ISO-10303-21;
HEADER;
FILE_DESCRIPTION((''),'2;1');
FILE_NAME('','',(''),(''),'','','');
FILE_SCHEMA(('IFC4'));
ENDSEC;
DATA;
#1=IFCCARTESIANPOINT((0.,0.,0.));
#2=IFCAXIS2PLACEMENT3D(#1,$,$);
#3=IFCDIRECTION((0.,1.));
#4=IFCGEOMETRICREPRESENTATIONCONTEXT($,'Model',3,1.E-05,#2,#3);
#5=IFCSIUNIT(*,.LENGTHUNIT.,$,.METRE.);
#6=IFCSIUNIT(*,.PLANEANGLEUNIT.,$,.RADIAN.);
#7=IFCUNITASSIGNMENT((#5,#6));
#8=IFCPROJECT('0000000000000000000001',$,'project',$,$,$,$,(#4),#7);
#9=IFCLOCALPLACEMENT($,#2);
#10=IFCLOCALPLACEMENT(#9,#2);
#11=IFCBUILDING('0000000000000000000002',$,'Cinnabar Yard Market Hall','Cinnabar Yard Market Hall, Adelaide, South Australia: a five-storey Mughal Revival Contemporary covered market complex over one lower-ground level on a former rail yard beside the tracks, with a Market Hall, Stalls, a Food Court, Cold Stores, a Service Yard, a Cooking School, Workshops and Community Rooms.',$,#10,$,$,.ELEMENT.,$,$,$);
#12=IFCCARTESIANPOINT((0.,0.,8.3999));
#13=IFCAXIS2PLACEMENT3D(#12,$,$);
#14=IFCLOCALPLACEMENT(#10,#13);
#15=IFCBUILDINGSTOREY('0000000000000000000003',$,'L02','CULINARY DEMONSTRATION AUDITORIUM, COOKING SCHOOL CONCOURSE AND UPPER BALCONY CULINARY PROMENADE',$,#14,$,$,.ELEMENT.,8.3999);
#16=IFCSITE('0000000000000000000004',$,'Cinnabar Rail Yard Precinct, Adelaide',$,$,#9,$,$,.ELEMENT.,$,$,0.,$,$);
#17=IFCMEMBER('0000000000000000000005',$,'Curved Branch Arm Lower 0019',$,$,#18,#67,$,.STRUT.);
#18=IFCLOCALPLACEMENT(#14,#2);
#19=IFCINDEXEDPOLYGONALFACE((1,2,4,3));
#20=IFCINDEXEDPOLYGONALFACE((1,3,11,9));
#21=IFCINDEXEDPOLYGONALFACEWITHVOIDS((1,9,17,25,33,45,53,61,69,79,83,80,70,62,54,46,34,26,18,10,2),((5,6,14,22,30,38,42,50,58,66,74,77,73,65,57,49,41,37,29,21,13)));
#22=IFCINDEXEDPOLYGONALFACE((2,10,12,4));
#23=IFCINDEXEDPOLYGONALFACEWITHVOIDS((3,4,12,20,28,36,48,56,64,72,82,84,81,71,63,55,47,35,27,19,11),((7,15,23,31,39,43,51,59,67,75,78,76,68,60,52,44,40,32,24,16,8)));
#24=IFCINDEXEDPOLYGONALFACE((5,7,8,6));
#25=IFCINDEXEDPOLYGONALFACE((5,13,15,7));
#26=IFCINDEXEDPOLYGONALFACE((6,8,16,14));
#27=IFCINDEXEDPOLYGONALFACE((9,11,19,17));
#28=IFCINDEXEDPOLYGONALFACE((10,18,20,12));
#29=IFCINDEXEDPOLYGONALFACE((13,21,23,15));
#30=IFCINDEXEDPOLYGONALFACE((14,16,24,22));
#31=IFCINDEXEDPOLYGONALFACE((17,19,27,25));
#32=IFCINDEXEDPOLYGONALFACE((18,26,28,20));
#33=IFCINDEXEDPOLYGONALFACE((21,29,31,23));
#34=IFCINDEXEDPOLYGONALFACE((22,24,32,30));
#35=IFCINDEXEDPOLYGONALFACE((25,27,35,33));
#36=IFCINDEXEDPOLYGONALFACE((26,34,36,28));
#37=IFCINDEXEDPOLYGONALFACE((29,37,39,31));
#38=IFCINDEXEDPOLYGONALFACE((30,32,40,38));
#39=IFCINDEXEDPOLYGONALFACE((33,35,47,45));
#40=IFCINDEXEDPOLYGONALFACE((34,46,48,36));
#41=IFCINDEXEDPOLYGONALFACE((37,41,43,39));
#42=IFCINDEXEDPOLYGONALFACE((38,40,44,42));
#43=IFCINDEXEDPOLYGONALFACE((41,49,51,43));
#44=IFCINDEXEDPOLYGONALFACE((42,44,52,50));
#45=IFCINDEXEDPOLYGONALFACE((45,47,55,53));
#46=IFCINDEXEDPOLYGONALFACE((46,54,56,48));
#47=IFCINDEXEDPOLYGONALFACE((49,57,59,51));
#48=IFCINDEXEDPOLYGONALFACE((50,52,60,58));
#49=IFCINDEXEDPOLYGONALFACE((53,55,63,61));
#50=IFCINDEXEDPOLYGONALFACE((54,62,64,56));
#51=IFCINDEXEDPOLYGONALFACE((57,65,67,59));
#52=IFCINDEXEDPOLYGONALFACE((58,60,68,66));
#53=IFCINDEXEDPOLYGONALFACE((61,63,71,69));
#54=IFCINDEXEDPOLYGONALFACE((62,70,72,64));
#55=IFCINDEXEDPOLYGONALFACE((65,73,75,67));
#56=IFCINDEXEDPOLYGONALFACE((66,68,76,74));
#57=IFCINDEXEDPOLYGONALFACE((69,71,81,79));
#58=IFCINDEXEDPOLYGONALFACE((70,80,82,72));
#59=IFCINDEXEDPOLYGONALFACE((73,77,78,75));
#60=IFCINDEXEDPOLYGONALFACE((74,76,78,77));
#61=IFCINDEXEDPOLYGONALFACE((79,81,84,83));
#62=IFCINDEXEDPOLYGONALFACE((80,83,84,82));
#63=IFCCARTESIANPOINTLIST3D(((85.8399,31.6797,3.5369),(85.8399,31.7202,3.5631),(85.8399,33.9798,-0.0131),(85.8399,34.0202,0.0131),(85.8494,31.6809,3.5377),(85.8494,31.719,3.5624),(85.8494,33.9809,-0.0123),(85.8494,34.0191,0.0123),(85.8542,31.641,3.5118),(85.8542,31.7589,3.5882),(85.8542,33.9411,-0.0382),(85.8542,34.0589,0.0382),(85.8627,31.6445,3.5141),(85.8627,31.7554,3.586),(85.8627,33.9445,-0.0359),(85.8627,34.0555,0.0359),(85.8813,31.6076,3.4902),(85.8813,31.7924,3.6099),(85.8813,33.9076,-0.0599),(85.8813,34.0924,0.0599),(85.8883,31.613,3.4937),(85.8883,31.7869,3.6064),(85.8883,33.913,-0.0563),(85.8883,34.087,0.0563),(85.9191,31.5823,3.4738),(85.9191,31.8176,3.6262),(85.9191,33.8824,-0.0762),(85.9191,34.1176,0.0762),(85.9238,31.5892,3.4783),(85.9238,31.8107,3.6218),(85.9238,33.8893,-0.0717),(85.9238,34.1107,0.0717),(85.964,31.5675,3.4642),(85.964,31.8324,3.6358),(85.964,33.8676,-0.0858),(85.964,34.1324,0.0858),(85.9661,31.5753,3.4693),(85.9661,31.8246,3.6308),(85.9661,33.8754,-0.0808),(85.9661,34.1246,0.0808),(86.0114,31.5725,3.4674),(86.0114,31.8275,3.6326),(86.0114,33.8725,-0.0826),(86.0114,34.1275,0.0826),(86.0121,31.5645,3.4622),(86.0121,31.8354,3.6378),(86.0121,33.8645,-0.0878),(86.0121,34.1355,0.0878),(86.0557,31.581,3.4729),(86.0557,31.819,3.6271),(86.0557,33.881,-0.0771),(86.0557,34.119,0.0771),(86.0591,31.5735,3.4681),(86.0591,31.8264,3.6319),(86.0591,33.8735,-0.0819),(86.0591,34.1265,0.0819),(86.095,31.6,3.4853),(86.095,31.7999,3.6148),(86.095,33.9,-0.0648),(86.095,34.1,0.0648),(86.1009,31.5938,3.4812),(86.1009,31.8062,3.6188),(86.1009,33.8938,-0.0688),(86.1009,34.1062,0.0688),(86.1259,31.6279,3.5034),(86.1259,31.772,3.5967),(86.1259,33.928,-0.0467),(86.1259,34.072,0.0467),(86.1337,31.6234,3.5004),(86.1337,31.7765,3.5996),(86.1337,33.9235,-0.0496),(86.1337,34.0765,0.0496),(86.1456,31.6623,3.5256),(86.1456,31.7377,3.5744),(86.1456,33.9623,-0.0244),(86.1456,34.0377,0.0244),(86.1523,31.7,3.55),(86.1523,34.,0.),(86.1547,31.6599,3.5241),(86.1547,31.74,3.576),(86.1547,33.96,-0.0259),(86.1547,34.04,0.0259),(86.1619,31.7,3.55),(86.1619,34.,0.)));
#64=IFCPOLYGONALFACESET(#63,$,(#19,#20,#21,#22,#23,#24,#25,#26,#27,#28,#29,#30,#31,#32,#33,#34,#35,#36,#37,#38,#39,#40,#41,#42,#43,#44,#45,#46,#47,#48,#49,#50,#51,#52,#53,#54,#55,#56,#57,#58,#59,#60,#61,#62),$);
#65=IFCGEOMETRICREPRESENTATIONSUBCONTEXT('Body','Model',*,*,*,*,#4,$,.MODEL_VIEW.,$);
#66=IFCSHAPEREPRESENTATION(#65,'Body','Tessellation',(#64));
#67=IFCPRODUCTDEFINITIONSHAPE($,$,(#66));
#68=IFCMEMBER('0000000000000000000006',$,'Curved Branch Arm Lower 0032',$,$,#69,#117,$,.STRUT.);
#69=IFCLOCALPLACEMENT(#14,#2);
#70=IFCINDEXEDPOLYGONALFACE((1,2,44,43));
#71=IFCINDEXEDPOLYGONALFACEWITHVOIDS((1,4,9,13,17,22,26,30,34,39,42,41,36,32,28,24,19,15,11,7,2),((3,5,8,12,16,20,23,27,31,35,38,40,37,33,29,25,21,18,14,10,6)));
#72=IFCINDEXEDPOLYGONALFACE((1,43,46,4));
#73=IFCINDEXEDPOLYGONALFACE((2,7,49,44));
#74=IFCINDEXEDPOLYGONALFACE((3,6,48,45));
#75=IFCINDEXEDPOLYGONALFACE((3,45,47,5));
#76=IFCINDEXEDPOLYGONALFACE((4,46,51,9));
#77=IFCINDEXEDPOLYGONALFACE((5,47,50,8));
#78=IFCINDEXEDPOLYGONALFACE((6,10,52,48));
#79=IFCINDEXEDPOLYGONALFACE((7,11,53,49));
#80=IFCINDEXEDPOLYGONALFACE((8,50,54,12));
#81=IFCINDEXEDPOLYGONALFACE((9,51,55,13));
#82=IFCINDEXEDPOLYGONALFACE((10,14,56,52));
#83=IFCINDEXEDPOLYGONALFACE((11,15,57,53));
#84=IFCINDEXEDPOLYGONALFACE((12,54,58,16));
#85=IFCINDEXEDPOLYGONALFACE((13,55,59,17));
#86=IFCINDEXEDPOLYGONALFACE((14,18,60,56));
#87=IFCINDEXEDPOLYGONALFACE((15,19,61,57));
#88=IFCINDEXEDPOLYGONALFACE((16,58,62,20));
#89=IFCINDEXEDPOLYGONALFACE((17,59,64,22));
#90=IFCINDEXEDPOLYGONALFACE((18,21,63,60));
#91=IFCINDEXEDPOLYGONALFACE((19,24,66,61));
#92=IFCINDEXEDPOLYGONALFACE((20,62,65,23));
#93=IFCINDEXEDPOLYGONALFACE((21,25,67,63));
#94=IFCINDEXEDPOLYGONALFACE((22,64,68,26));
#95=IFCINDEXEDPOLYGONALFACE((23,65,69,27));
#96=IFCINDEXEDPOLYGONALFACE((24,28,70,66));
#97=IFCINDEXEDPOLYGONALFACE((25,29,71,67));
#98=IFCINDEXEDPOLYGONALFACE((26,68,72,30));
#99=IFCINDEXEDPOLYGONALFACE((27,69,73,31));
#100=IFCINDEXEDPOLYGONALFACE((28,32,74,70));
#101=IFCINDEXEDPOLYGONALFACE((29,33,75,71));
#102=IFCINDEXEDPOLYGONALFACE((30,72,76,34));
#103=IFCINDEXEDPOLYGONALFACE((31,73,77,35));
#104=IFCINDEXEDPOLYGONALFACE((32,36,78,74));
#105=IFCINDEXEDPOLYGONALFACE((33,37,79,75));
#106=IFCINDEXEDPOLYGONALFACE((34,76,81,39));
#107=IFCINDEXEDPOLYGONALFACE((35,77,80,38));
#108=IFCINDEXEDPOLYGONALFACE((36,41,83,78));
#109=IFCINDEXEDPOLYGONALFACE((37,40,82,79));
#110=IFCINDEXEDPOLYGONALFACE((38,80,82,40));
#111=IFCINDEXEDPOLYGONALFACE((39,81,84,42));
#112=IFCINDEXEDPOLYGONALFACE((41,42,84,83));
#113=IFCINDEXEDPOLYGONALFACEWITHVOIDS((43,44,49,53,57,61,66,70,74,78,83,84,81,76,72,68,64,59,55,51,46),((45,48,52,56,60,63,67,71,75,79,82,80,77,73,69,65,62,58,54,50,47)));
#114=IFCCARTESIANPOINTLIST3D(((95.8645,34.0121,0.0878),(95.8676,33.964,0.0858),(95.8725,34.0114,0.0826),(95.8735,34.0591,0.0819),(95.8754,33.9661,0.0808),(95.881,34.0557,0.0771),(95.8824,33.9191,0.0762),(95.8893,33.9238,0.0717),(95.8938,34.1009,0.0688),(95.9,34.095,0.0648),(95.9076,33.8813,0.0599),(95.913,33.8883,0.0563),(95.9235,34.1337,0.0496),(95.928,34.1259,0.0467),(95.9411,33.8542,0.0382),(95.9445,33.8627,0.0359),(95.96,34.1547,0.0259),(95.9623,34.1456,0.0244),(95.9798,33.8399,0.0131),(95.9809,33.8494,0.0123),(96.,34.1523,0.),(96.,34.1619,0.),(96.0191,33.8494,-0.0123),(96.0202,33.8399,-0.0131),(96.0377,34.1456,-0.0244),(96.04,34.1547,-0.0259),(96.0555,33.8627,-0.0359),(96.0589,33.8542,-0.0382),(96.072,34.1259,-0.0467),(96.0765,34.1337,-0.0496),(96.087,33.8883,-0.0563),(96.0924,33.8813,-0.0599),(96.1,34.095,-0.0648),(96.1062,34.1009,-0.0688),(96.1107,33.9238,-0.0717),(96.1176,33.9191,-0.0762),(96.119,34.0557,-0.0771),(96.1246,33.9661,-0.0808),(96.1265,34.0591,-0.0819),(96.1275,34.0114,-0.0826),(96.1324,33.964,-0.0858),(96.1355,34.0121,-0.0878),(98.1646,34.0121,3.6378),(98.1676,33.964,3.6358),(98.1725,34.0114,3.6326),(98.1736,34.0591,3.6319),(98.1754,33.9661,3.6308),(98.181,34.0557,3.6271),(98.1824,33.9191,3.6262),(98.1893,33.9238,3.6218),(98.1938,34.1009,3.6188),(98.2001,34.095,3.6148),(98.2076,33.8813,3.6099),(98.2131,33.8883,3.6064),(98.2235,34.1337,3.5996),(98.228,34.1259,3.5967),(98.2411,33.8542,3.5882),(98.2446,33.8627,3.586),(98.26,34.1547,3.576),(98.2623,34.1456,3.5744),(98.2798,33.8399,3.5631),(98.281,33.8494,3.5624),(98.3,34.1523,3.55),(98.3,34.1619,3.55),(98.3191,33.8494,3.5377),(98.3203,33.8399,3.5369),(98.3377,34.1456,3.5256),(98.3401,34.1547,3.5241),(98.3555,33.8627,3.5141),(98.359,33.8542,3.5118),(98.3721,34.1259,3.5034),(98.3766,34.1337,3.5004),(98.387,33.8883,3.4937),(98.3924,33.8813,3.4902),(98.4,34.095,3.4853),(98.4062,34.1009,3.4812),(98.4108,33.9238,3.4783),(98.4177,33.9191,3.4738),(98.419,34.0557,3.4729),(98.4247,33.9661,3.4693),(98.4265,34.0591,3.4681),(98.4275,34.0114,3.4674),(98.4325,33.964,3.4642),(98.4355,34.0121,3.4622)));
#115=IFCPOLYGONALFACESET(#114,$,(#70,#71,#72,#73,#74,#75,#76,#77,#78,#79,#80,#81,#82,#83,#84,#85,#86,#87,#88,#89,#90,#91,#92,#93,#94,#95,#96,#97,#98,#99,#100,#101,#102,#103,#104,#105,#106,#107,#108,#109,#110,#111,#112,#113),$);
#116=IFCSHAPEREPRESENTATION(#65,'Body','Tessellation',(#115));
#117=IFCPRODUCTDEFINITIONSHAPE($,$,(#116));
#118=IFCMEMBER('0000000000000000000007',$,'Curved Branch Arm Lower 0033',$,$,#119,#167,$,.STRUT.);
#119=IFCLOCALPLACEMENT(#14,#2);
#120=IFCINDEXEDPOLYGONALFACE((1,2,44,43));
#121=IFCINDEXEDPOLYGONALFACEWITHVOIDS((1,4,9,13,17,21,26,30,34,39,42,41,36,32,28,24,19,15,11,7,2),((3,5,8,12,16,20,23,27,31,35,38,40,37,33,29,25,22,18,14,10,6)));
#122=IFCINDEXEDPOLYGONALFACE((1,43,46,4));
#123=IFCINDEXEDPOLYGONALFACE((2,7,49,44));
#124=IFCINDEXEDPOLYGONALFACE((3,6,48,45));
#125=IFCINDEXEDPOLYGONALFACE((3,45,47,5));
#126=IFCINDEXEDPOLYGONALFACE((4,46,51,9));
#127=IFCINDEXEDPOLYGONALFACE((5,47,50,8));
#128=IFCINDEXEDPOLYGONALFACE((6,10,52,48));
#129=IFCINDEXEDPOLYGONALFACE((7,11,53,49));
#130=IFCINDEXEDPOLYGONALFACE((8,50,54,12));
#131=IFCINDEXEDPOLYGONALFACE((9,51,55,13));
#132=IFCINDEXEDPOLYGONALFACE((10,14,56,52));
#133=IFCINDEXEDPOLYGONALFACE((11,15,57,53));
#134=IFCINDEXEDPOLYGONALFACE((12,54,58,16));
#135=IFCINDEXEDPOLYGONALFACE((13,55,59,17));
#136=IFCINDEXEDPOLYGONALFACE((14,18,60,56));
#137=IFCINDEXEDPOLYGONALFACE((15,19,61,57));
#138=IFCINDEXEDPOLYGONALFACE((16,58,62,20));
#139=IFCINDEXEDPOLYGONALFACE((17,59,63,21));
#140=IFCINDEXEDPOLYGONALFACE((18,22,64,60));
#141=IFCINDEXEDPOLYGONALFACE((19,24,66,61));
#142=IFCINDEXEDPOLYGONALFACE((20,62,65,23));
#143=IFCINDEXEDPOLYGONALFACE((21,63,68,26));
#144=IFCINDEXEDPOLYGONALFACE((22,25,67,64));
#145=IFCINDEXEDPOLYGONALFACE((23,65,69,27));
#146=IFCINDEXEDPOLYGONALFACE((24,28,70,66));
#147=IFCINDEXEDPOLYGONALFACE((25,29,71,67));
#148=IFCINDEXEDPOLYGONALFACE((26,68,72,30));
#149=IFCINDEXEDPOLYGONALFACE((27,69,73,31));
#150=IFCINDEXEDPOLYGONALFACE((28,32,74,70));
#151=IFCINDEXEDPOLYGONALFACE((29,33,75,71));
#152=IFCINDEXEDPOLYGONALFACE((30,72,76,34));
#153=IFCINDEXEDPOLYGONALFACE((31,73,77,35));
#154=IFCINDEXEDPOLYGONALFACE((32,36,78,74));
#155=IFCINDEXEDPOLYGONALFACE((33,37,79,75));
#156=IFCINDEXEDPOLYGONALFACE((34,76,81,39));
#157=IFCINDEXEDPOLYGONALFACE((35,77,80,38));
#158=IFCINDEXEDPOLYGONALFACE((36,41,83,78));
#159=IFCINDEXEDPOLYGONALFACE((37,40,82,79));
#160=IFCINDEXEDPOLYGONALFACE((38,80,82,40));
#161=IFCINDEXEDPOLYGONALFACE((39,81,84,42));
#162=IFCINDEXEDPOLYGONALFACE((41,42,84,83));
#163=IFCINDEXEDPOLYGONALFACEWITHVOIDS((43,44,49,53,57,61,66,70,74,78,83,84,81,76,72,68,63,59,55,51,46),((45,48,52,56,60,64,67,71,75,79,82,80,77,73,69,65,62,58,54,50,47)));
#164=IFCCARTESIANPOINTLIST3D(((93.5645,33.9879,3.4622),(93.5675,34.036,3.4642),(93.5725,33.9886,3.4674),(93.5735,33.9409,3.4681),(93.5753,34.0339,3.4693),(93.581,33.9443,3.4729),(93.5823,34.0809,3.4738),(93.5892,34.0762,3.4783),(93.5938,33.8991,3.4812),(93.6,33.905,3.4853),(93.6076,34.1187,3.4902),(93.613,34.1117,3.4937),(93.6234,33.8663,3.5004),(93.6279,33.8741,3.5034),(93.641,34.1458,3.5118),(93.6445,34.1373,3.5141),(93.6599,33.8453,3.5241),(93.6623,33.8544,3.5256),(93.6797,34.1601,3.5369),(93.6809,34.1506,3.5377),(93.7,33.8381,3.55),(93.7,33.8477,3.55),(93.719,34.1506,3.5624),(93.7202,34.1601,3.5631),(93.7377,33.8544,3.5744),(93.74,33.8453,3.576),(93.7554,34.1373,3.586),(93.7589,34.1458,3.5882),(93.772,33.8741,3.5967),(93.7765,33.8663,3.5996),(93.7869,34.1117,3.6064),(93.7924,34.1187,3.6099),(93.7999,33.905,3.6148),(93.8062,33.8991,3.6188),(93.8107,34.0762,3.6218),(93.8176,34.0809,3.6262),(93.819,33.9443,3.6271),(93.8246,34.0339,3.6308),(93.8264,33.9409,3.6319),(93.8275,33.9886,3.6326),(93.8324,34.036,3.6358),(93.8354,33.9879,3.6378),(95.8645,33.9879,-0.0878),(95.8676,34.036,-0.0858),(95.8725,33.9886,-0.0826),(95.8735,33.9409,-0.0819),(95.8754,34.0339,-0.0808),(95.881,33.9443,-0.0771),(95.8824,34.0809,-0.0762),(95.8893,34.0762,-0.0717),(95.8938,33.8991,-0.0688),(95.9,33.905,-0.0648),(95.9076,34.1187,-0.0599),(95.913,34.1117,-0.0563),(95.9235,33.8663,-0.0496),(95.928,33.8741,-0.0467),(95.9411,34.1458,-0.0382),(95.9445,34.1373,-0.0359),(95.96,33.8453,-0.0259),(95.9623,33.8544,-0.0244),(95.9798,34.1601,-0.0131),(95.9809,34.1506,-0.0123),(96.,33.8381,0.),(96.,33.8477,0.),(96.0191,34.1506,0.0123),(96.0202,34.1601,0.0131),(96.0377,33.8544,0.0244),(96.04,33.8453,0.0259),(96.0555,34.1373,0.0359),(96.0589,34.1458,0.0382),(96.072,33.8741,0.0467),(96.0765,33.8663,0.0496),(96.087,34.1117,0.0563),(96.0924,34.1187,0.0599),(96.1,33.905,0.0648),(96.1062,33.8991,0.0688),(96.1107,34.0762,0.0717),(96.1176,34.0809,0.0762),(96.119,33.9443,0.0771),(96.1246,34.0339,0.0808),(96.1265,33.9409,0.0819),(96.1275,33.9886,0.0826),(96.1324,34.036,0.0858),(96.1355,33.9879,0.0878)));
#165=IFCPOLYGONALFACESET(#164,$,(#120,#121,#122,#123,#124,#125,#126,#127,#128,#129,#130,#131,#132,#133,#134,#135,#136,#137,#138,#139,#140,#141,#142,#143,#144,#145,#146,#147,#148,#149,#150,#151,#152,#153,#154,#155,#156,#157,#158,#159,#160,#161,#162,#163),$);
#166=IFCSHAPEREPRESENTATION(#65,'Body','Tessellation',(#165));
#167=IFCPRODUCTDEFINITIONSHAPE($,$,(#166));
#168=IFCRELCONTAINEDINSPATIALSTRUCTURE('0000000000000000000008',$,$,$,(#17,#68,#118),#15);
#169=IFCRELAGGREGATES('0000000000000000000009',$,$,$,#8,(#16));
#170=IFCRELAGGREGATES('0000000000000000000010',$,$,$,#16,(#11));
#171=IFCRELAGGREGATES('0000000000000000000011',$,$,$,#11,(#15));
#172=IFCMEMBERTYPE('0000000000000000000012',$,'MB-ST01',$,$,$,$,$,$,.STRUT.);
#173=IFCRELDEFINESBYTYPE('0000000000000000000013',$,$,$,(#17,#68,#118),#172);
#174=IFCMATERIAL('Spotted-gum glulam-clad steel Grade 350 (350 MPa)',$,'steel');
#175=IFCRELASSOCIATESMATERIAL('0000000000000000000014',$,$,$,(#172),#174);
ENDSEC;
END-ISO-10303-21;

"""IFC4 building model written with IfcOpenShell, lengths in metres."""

from ifc_helpers import new_model, si_unit, direction, frame, origin, origin_2d_with_axis, place, context, subcontext, project, spatial, hollow_circle, extrude, material, material_profile, profile_set, type_object, element, save


model = new_model("IFC4")

# Units and contexts
model_context = context("Model", 3, precision=1e-05, world=origin(), true_north=direction((0.0, 1.0)))
body_context = subcontext(model_context, "Body", "Model", "MODEL_VIEW")
ifc_project = project(units=[si_unit("LENGTHUNIT", "METRE"), si_unit("PLANEANGLEUNIT", "RADIAN")], contexts=[model_context])

# Site, building, storey
site_placement = place(None, origin())
site = spatial("IfcSite", under=ifc_project, at=site_placement, Name="Cinnabar Rail Yard Precinct, Adelaide", CompositionType="ELEMENT", RefElevation=0.0)
building_placement = place(site_placement, origin())
building = spatial("IfcBuilding", under=site, at=building_placement, Name="Cinnabar Yard Market Hall", Description="Cinnabar Yard Market Hall, Adelaide, South Australia: a five-storey Mughal Revival Contemporary covered market complex over one lower-ground level on a former rail yard beside the tracks, with a Market Hall, Stalls, a Food Court, Cold Stores, a Service Yard, a Cooking School, Workshops and Community Rooms.", CompositionType="ELEMENT")
storey_placement = place(building_placement, frame((0.0, 0.0, 8.3999)))
storey = spatial("IfcBuildingStorey", under=building, at=storey_placement, Name="L02", Description="CULINARY DEMONSTRATION AUDITORIUM, COOKING SCHOOL CONCOURSE AND UPPER BALCONY CULINARY PROMENADE", CompositionType="ELEMENT", Elevation=8.3999)

# Shared definitions
ifc_material_1 = material(Name="Spotted-gum glulam-clad steel Grade 350 (350 MPa)", Category="steel")

# Members
ifc_material_profile_1 = material_profile(ifc_material_1, hollow_circle(Radius=0.1619, WallThickness=0.0095, at=origin_2d_with_axis()), Name="323.9x9.5CHS")
ifc_profile_set_1 = profile_set([ifc_material_profile_1], Name="Spotted-gum glulam-clad steel Grade 350 (350 MPa)")
member_type_1 = type_object("IfcMemberType", Name="MB-ST01", PredefinedType="STRUT", material=ifc_profile_set_1)
for number, where, z_axis, x_axis, name in (
    (1, (86.0, 34.0, 0.0), (0.0, -0.543744, 0.839251), (1.0, 0.0, 0.0), "Curved Branch Arm Lower 0019"),
    (2, (96.0, 34.0, 0.0), (0.543744, 0.0, 0.839251), (0.0, 1.0, 0.0), "Curved Branch Arm Lower 0032"),
    (3, (96.0, 34.0, 0.0), (-0.543744, 0.0, 0.839251), (0.0, -1.0, 0.0), "Curved Branch Arm Lower 0033"),
):
    element("IfcMember", number, at=place(storey_placement, frame(where, z_axis=z_axis, x_axis=x_axis)), inside=storey, type_object=member_type_1, Name=name, PredefinedType="STRUT", context=body_context, shape_type="SweptSolid", body=[
        extrude(hollow_circle(Radius=0.1619, WallThickness=0.0095, at=origin_2d_with_axis()), origin(), (0.0, 0.0, 1.0), 4.23),
    ])

save(model, "model.ifc")
